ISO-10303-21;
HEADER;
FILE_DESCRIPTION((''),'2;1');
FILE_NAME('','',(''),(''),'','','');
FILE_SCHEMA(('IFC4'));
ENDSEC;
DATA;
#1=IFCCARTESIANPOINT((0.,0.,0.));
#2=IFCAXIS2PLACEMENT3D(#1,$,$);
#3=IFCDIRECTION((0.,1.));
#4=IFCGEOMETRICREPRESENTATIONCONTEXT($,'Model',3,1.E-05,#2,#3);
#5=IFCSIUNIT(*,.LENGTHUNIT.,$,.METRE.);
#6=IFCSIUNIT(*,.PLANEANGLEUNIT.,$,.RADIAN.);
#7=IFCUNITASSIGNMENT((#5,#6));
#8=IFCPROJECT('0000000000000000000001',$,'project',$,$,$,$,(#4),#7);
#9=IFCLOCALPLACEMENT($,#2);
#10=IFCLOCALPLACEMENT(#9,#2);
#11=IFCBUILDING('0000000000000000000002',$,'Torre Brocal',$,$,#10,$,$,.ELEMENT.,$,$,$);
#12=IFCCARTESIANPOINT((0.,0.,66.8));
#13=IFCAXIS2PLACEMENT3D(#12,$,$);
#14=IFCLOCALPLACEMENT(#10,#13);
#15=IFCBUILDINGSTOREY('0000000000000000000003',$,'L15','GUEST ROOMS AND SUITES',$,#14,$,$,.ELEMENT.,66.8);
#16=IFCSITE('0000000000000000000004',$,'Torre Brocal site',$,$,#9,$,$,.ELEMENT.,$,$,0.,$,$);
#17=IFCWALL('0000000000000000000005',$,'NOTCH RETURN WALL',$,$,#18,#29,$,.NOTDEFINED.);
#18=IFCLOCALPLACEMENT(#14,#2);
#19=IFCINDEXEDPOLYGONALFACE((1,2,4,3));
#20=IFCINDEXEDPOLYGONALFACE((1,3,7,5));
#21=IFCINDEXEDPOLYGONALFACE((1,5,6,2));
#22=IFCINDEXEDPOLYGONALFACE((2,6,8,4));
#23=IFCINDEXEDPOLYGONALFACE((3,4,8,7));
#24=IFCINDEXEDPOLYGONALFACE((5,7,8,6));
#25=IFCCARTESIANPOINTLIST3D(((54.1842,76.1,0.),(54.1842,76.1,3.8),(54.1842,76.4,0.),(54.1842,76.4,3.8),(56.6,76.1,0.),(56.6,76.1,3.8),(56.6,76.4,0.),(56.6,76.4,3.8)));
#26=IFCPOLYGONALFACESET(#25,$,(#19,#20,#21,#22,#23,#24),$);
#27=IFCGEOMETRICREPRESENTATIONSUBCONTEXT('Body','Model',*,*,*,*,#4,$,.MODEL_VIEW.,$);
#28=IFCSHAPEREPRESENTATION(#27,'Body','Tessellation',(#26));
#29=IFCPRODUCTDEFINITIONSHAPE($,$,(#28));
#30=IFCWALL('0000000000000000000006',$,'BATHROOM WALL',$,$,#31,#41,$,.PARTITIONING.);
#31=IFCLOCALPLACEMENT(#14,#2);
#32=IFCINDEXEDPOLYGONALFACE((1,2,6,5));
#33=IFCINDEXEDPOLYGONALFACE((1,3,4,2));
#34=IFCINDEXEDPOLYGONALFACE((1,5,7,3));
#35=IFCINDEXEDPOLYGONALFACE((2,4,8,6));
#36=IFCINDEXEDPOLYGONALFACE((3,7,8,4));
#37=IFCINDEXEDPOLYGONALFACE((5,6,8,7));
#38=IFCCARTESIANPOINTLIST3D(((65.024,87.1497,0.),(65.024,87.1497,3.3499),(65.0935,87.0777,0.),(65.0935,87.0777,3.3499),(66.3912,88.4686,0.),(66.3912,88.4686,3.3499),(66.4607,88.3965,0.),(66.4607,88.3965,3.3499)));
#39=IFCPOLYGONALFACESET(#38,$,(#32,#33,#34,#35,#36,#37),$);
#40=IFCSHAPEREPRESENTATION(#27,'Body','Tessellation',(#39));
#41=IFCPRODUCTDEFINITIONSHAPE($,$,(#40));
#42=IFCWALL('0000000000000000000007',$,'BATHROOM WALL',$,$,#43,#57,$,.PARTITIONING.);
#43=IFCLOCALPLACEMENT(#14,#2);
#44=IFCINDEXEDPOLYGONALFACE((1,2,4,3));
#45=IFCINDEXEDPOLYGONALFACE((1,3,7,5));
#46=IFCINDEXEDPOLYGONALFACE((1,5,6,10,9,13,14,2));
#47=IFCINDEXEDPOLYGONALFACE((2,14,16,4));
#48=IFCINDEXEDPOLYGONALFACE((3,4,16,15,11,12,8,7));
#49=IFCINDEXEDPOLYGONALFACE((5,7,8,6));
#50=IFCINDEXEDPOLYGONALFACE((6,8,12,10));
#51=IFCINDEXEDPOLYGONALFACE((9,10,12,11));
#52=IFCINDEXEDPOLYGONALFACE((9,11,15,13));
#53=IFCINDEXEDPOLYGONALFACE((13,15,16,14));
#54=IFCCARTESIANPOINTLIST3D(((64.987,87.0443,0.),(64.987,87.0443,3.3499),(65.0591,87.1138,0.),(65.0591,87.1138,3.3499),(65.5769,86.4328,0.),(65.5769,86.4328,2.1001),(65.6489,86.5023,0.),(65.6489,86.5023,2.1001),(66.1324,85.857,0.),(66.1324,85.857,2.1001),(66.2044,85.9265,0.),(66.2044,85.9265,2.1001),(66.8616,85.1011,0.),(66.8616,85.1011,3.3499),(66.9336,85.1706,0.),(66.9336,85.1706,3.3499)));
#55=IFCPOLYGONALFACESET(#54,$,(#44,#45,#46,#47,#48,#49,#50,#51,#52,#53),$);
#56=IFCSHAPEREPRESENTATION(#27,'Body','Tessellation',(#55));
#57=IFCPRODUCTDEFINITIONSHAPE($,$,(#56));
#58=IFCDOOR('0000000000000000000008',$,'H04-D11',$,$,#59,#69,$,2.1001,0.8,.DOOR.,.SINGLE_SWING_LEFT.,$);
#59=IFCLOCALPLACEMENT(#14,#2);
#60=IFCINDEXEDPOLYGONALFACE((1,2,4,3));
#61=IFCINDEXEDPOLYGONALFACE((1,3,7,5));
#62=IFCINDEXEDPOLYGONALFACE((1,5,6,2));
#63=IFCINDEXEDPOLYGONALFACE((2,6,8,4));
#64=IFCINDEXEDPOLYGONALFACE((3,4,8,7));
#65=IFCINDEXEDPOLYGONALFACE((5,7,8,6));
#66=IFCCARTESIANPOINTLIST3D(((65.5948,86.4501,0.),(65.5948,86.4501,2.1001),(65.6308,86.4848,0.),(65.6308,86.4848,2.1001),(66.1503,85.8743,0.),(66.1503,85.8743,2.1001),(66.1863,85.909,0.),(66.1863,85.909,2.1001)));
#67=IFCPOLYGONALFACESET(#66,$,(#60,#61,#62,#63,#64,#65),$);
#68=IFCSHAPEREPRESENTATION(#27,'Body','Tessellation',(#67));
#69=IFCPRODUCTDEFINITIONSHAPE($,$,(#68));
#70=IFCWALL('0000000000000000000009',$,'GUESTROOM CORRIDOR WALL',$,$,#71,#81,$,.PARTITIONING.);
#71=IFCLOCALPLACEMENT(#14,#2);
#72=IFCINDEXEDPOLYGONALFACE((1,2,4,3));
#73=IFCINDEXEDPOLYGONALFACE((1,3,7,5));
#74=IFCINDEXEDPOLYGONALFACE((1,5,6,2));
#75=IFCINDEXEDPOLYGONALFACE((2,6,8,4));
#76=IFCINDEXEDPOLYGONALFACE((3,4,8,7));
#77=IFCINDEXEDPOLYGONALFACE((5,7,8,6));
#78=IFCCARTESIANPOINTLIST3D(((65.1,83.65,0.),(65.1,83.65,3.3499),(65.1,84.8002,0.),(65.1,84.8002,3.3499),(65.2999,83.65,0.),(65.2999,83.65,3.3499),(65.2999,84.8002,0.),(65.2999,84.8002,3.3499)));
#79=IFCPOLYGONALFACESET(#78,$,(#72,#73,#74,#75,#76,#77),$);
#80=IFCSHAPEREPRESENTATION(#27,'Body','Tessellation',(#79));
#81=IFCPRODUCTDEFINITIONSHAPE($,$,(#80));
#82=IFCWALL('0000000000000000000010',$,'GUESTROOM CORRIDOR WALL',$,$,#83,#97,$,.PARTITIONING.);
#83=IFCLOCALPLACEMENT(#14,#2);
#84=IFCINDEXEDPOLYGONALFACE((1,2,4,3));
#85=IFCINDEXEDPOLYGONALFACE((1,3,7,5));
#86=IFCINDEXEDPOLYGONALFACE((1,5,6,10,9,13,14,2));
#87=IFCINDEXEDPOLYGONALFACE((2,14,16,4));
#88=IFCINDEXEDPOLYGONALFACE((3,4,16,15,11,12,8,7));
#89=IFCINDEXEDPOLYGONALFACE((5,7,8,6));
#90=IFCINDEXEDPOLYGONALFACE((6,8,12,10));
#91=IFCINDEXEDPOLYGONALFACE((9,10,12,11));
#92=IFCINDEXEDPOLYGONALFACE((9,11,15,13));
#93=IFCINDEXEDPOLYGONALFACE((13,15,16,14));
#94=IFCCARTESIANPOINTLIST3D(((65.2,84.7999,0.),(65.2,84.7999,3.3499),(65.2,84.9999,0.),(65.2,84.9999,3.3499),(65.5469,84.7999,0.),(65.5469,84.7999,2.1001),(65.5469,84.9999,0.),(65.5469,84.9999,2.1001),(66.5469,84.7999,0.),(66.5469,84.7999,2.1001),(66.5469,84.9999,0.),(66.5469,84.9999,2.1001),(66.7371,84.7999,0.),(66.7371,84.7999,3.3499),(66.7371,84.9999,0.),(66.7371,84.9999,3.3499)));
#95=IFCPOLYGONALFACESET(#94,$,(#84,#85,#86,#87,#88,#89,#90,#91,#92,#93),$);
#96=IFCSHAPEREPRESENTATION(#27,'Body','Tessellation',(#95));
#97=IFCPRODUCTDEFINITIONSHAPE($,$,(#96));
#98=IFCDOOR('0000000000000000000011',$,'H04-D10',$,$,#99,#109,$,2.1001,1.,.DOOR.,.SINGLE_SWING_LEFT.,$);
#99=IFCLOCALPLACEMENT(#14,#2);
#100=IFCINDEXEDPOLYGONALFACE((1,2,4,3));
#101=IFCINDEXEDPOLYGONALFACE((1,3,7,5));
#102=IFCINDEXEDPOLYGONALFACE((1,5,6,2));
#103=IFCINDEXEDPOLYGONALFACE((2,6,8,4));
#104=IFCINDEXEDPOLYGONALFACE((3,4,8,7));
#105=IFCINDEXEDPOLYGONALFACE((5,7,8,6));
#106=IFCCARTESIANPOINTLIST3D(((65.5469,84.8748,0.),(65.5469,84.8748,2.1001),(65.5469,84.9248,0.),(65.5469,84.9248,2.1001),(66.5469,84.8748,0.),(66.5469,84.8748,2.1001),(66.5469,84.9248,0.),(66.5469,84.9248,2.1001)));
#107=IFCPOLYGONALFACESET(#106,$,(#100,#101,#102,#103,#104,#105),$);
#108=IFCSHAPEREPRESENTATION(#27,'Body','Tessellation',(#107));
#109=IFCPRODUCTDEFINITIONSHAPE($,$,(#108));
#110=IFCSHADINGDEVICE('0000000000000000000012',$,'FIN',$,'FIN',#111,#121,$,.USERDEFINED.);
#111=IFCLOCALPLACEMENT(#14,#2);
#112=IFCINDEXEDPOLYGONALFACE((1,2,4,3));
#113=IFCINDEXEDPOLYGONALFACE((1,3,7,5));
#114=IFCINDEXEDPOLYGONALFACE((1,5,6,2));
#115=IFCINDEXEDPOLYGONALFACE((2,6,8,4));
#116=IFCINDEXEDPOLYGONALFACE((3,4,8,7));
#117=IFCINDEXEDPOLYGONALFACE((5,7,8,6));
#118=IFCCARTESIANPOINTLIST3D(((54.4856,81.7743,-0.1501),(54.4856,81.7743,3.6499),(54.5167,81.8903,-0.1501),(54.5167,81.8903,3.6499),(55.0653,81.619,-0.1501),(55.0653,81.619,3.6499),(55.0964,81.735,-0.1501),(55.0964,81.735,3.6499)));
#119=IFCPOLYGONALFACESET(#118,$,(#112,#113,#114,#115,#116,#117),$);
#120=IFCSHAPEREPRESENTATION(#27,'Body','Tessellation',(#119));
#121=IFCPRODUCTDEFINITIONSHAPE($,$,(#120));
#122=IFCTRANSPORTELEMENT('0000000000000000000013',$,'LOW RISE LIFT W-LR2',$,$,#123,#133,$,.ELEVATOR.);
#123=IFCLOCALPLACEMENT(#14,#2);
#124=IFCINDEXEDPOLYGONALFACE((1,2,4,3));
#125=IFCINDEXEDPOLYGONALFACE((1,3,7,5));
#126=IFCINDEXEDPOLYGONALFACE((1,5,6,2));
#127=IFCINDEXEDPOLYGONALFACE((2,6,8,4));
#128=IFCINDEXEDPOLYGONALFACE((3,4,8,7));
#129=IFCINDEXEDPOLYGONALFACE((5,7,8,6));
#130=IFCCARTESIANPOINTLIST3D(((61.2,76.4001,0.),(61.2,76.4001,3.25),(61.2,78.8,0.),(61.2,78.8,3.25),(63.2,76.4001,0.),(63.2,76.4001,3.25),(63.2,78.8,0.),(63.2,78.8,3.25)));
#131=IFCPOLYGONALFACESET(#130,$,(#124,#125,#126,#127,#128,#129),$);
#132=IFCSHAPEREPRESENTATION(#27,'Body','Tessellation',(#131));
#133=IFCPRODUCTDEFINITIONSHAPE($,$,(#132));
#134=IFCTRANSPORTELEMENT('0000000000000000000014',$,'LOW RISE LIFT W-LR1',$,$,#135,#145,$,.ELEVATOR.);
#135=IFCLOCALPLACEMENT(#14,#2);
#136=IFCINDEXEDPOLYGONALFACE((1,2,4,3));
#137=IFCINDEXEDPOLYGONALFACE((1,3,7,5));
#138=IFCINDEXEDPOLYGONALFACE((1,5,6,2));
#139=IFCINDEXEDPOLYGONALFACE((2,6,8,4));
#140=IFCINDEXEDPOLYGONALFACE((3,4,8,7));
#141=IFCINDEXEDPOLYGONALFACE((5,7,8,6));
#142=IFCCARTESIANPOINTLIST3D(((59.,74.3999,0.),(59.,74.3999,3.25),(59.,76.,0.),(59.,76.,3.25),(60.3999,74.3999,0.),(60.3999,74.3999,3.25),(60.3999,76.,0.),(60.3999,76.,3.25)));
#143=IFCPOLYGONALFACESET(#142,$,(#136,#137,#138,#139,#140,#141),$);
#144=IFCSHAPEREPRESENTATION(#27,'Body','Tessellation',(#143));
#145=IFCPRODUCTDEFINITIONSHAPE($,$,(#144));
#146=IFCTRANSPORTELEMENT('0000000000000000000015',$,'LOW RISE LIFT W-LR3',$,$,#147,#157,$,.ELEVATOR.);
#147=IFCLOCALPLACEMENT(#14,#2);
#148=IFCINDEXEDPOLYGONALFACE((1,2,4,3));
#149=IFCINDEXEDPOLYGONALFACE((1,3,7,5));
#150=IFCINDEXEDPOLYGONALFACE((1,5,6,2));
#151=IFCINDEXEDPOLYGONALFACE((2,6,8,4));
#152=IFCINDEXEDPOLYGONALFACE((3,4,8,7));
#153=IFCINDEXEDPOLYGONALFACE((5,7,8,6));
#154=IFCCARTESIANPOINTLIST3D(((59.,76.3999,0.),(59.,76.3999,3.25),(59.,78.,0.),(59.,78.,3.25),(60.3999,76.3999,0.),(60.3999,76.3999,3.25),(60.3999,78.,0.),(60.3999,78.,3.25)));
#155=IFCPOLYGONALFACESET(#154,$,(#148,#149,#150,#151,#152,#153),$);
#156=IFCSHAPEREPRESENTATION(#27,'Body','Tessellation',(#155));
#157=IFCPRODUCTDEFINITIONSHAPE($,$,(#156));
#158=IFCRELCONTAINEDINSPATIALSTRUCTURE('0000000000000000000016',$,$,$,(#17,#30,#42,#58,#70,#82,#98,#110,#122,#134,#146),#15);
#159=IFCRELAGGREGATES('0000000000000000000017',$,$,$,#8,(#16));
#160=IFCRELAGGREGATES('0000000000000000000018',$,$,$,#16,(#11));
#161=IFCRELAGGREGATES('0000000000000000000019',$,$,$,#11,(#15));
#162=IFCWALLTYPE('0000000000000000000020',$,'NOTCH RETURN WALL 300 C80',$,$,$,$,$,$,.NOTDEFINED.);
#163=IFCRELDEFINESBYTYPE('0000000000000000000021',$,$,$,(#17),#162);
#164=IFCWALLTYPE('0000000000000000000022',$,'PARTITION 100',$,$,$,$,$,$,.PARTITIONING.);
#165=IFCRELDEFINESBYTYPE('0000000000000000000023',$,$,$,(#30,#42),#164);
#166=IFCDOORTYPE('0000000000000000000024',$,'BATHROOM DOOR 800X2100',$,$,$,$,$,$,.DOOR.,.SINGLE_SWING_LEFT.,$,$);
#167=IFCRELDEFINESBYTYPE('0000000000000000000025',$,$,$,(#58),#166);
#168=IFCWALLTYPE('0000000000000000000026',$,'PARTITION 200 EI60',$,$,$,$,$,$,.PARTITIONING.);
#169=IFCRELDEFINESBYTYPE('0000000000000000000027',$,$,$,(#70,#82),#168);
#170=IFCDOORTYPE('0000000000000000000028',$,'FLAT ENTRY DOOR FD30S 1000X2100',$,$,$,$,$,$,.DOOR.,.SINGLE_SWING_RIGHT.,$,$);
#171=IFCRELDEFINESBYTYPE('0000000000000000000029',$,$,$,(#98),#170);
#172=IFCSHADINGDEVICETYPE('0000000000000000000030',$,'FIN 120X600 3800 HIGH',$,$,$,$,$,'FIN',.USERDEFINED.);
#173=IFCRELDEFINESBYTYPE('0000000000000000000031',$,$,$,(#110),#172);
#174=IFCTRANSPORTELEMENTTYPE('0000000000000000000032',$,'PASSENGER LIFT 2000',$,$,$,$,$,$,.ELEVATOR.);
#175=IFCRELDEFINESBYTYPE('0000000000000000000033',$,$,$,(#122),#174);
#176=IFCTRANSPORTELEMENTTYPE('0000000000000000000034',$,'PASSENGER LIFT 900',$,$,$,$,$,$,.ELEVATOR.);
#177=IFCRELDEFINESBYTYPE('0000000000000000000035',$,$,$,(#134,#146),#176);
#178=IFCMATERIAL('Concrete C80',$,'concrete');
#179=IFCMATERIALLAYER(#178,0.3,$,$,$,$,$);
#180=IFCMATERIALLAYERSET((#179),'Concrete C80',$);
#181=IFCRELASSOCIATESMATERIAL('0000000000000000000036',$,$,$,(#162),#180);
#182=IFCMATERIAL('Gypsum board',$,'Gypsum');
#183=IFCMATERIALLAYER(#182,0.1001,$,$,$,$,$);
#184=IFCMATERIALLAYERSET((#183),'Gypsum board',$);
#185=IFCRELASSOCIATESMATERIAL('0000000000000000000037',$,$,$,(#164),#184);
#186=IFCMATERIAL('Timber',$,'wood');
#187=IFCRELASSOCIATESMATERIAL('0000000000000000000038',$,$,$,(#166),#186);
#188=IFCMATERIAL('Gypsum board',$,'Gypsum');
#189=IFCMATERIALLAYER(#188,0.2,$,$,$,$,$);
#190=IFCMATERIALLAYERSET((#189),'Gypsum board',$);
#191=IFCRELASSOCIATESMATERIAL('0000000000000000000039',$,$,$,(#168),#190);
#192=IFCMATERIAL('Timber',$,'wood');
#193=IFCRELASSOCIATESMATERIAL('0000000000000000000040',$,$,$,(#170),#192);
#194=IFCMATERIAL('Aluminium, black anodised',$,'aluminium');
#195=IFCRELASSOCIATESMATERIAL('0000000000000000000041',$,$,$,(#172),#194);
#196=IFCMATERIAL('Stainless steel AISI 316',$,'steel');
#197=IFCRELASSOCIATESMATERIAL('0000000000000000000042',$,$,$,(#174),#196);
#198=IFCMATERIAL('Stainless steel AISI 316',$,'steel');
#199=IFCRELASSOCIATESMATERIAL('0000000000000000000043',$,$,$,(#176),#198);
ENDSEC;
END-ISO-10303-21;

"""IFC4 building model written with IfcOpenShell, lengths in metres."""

from ifc_helpers import new_model, si_unit, direction, frame, frame_2d, origin, origin_2d, place, context, subcontext, project, spatial, rectangle, extrude, material, layer, layer_set, material_profile, profile_set, type_object, element, fill, save


model = new_model("IFC4")

# Units and contexts
model_context = context("Model", 3, precision=1e-05, world=origin(), true_north=direction((0.0, 1.0)))
body_context = subcontext(model_context, "Body", "Model", "MODEL_VIEW")
ifc_project = project(units=[si_unit("LENGTHUNIT", "METRE"), si_unit("PLANEANGLEUNIT", "RADIAN")], contexts=[model_context])

# Site, building, storey
site_placement = place(None, origin())
site = spatial("IfcSite", under=ifc_project, at=site_placement, Name="Torre Brocal site", CompositionType="ELEMENT", RefElevation=0.0)
building_placement = place(site_placement, origin())
building = spatial("IfcBuilding", under=site, at=building_placement, Name="Torre Brocal", CompositionType="ELEMENT")
storey_placement = place(building_placement, frame((0.0, 0.0, 66.8)))
storey = spatial("IfcBuildingStorey", under=building, at=storey_placement, Name="L15", Description="GUEST ROOMS AND SUITES", CompositionType="ELEMENT", Elevation=66.8)

# Walls
ifc_material_1 = material(Name="Concrete C80", Category="concrete")
ifc_layer_1 = layer(ifc_material_1, 0.3)
ifc_layer_set_1 = layer_set([ifc_layer_1], Name="Concrete C80")
wall_type_1 = type_object("IfcWallType", Name="NOTCH RETURN WALL 300 C80", PredefinedType="NOTDEFINED", material=ifc_layer_set_1)
wall_1_placement = place(storey_placement, frame((56.6001, 76.25, 0.0), z_axis=(0.0, 0.0, 1.0), x_axis=(-1.0, 0.0, 0.0)))
element("IfcWall", 1, at=wall_1_placement, inside=storey, type_object=wall_type_1, Name="NOTCH RETURN WALL", PredefinedType="NOTDEFINED", context=body_context, shape_type="SweptSolid", body=[
    extrude(rectangle(XDim=2.4158, YDim=0.3, at=frame_2d((1.208, 0.0))), origin(), (0.0, 0.0, 1.0), 3.8),
])
ifc_material_2 = material(Name="Gypsum board", Category="Gypsum")
ifc_layer_2 = layer(ifc_material_2, 0.1001)
ifc_layer_set_2 = layer_set([ifc_layer_2], Name="Gypsum board")
wall_type_2 = type_object("IfcWallType", Name="PARTITION 100", PredefinedType="PARTITIONING", material=ifc_layer_set_2)
wall_2_placement = place(storey_placement, frame((65.0588, 87.1138, 0.0), z_axis=(0.0, 0.0, 1.0), x_axis=(0.719716, 0.694269, 0.0)))
element("IfcWall", 2, at=wall_2_placement, inside=storey, type_object=wall_type_2, Name="BATHROOM WALL", PredefinedType="PARTITIONING", context=body_context, shape_type="SweptSolid", body=[
    extrude(rectangle(XDim=1.8997, YDim=0.1001, at=frame_2d((0.9497, 0.0))), origin(), (0.0, 0.0, 1.0), 3.3499),
])

# Wall, opening, door
wall_3_placement = place(storey_placement, frame((65.0229, 87.0791, 0.0), z_axis=(0.0, 0.0, 1.0), x_axis=(0.694288, -0.719697, 0.0)))
wall_3 = element("IfcWall", 3, at=wall_3_placement, inside=storey, type_object=wall_type_2, Name="BATHROOM WALL", PredefinedType="PARTITIONING", context=body_context, shape_type="SweptSolid", body=[
    extrude(rectangle(XDim=2.7, YDim=0.1001, at=frame_2d((1.3501, 0.0))), origin(), (0.0, 0.0, 1.0), 3.3499),
])
opening_1_placement = place(wall_3_placement, frame((0.8499, 0.0, 0.0)))
opening_1 = element("IfcOpeningElement", 4, at=opening_1_placement, cuts=wall_3, PredefinedType="OPENING", context=body_context, shape_type="SweptSolid", body=[
    extrude(rectangle(XDim=0.8, YDim=2.1001, at=frame_2d((0.3999, 1.05))), frame((0.0, 0.0601, 0.0), z_axis=(0.0, -1.0, 0.0), x_axis=(1.0, 0.0, 0.0)), (0.0, 0.0, 1.0), 0.1201),
])
ifc_material_3 = material(Name="Timber", Category="wood")
door_type_1 = type_object("IfcDoorType", Name="BATHROOM DOOR 800X2100", OperationType="SINGLE_SWING_LEFT", PredefinedType="DOOR", material=ifc_material_3)
door_1_placement = place(opening_1_placement, origin())
door_1 = element("IfcDoor", 5, at=door_1_placement, inside=storey, type_object=door_type_1, Name="H04-D11", OperationType="SINGLE_SWING_LEFT", OverallHeight=2.1001, OverallWidth=0.8, PredefinedType="DOOR", context=body_context, shape_type="SweptSolid", body=[
    extrude(rectangle(XDim=0.8, YDim=2.1001, at=frame_2d((0.3999, 1.05))), frame((0.0, 0.0249, 0.0), z_axis=(0.0, -1.0, 0.0), x_axis=(1.0, 0.0, 0.0)), (0.0, 0.0, 1.0), 0.05),
])
fill(opening_1, door_1)

# Wall
ifc_material_4 = material(Name="Gypsum board", Category="Gypsum")
ifc_layer_3 = layer(ifc_material_4, 0.2)
ifc_layer_set_3 = layer_set([ifc_layer_3], Name="Gypsum board")
wall_type_3 = type_object("IfcWallType", Name="PARTITION 200 EI60", PredefinedType="PARTITIONING", material=ifc_layer_set_3)
wall_4_placement = place(storey_placement, frame((65.2, 83.6499, 0.0), z_axis=(0.0, 0.0, 1.0), x_axis=(0.0, 1.0, 0.0)))
element("IfcWall", 6, at=wall_4_placement, inside=storey, type_object=wall_type_3, Name="GUESTROOM CORRIDOR WALL", PredefinedType="PARTITIONING", context=body_context, shape_type="SweptSolid", body=[
    extrude(rectangle(XDim=1.1501, YDim=0.2, at=frame_2d((0.5752, 0.0))), origin(), (0.0, 0.0, 1.0), 3.3499),
])

# Wall, opening, door
wall_5_placement = place(storey_placement, frame((65.2, 84.8999, 0.0), z_axis=(0.0, 0.0, 1.0), x_axis=(1.0, 0.0, 0.0)))
wall_5 = element("IfcWall", 7, at=wall_5_placement, inside=storey, type_object=wall_type_3, Name="GUESTROOM CORRIDOR WALL", PredefinedType="PARTITIONING", context=body_context, shape_type="SweptSolid", body=[
    extrude(rectangle(XDim=1.5371, YDim=0.2, at=frame_2d((0.7686, 0.0))), origin(), (0.0, 0.0, 1.0), 3.3499),
])
opening_2_placement = place(wall_5_placement, frame((0.3469, 0.0, 0.0)))
opening_2 = element("IfcOpeningElement", 8, at=opening_2_placement, cuts=wall_5, PredefinedType="OPENING", context=body_context, shape_type="SweptSolid", body=[
    extrude(rectangle(XDim=1.0, YDim=2.1001, at=frame_2d((0.5, 1.05))), frame((0.0, 0.1099, 0.0), z_axis=(0.0, -1.0, 0.0), x_axis=(1.0, 0.0, 0.0)), (0.0, 0.0, 1.0), 0.22),
])
ifc_material_5 = material(Name="Timber", Category="wood")
door_type_2 = type_object("IfcDoorType", Name="FLAT ENTRY DOOR FD30S 1000X2100", OperationType="SINGLE_SWING_RIGHT", PredefinedType="DOOR", material=ifc_material_5)
door_2_placement = place(opening_2_placement, origin())
door_2 = element("IfcDoor", 9, at=door_2_placement, inside=storey, type_object=door_type_2, Name="H04-D10", OperationType="SINGLE_SWING_LEFT", OverallHeight=2.1001, OverallWidth=1.0, PredefinedType="DOOR", context=body_context, shape_type="SweptSolid", body=[
    extrude(rectangle(XDim=1.0, YDim=2.1001, at=frame_2d((0.5, 1.05))), frame((0.0, 0.0249, 0.0), z_axis=(0.0, -1.0, 0.0), x_axis=(1.0, 0.0, 0.0)), (0.0, 0.0, 1.0), 0.05),
])
fill(opening_2, door_2)

# Shading device
ifc_material_6 = material(Name="Aluminium, black anodised", Category="aluminium")
ifc_material_profile_1 = material_profile(ifc_material_6, rectangle(XDim=0.1201, YDim=0.6001, at=origin_2d()), Name="FIN 120X600 3800 HIGH")
ifc_profile_set_1 = profile_set([ifc_material_profile_1], Name="Aluminium, black anodised")
shading_device_type = type_object("IfcShadingDeviceType", Name="FIN 120X600 3800 HIGH", ElementType="FIN", PredefinedType="USERDEFINED", material=ifc_profile_set_1)
shading_device_placement = place(storey_placement, frame((54.791, 81.7546, -0.1501), z_axis=(0.0, 0.0, 1.0), x_axis=(-0.258819, -0.965926, 0.0)))
element("IfcShadingDevice", 10, at=shading_device_placement, inside=storey, type_object=shading_device_type, Name="FIN", ObjectType="FIN", PredefinedType="USERDEFINED", context=body_context, shape_type="SweptSolid", body=[
    extrude(rectangle(XDim=0.1201, YDim=0.6001, at=origin_2d()), origin(), (0.0, 0.0, 1.0), 3.8),
])

# Transport elements
ifc_material_7 = material(Name="Stainless steel AISI 316", Category="steel")
transport_element_type_1 = type_object("IfcTransportElementType", Name="PASSENGER LIFT 2000", PredefinedType="ELEVATOR", material=ifc_material_7)
transport_element_placement = place(storey_placement, frame((62.2, 77.6001, 0.0), z_axis=(0.0, 0.0, 1.0), x_axis=(1.0, 0.0, 0.0)))
element("IfcTransportElement", 11, at=transport_element_placement, inside=storey, type_object=transport_element_type_1, Name="LOW RISE LIFT W-LR2", PredefinedType="ELEVATOR", context=body_context, shape_type="SweptSolid", body=[
    extrude(rectangle(XDim=2.0, YDim=2.3999, at=origin_2d()), origin(), (0.0, 0.0, 1.0), 3.25),
])
ifc_material_8 = material(Name="Stainless steel AISI 316", Category="steel")
transport_element_type_2 = type_object("IfcTransportElementType", Name="PASSENGER LIFT 900", PredefinedType="ELEVATOR", material=ifc_material_8)
for number, where, z_axis, x_axis, name in (
    (12, (59.7, 75.2, 0.0), (0.0, 0.0, 1.0), (1.0, 0.0, 0.0), "LOW RISE LIFT W-LR1"),
    (13, (59.7, 77.2, 0.0), (0.0, 0.0, 1.0), (1.0, 0.0, 0.0), "LOW RISE LIFT W-LR3"),
):
    element("IfcTransportElement", number, at=place(storey_placement, frame(where, z_axis=z_axis, x_axis=x_axis)), inside=storey, type_object=transport_element_type_2, Name=name, PredefinedType="ELEVATOR", context=body_context, shape_type="SweptSolid", body=[
        extrude(rectangle(XDim=1.3999, YDim=1.6001, at=origin_2d()), origin(), (0.0, 0.0, 1.0), 3.25),
    ])

save(model, "model.ifc")
